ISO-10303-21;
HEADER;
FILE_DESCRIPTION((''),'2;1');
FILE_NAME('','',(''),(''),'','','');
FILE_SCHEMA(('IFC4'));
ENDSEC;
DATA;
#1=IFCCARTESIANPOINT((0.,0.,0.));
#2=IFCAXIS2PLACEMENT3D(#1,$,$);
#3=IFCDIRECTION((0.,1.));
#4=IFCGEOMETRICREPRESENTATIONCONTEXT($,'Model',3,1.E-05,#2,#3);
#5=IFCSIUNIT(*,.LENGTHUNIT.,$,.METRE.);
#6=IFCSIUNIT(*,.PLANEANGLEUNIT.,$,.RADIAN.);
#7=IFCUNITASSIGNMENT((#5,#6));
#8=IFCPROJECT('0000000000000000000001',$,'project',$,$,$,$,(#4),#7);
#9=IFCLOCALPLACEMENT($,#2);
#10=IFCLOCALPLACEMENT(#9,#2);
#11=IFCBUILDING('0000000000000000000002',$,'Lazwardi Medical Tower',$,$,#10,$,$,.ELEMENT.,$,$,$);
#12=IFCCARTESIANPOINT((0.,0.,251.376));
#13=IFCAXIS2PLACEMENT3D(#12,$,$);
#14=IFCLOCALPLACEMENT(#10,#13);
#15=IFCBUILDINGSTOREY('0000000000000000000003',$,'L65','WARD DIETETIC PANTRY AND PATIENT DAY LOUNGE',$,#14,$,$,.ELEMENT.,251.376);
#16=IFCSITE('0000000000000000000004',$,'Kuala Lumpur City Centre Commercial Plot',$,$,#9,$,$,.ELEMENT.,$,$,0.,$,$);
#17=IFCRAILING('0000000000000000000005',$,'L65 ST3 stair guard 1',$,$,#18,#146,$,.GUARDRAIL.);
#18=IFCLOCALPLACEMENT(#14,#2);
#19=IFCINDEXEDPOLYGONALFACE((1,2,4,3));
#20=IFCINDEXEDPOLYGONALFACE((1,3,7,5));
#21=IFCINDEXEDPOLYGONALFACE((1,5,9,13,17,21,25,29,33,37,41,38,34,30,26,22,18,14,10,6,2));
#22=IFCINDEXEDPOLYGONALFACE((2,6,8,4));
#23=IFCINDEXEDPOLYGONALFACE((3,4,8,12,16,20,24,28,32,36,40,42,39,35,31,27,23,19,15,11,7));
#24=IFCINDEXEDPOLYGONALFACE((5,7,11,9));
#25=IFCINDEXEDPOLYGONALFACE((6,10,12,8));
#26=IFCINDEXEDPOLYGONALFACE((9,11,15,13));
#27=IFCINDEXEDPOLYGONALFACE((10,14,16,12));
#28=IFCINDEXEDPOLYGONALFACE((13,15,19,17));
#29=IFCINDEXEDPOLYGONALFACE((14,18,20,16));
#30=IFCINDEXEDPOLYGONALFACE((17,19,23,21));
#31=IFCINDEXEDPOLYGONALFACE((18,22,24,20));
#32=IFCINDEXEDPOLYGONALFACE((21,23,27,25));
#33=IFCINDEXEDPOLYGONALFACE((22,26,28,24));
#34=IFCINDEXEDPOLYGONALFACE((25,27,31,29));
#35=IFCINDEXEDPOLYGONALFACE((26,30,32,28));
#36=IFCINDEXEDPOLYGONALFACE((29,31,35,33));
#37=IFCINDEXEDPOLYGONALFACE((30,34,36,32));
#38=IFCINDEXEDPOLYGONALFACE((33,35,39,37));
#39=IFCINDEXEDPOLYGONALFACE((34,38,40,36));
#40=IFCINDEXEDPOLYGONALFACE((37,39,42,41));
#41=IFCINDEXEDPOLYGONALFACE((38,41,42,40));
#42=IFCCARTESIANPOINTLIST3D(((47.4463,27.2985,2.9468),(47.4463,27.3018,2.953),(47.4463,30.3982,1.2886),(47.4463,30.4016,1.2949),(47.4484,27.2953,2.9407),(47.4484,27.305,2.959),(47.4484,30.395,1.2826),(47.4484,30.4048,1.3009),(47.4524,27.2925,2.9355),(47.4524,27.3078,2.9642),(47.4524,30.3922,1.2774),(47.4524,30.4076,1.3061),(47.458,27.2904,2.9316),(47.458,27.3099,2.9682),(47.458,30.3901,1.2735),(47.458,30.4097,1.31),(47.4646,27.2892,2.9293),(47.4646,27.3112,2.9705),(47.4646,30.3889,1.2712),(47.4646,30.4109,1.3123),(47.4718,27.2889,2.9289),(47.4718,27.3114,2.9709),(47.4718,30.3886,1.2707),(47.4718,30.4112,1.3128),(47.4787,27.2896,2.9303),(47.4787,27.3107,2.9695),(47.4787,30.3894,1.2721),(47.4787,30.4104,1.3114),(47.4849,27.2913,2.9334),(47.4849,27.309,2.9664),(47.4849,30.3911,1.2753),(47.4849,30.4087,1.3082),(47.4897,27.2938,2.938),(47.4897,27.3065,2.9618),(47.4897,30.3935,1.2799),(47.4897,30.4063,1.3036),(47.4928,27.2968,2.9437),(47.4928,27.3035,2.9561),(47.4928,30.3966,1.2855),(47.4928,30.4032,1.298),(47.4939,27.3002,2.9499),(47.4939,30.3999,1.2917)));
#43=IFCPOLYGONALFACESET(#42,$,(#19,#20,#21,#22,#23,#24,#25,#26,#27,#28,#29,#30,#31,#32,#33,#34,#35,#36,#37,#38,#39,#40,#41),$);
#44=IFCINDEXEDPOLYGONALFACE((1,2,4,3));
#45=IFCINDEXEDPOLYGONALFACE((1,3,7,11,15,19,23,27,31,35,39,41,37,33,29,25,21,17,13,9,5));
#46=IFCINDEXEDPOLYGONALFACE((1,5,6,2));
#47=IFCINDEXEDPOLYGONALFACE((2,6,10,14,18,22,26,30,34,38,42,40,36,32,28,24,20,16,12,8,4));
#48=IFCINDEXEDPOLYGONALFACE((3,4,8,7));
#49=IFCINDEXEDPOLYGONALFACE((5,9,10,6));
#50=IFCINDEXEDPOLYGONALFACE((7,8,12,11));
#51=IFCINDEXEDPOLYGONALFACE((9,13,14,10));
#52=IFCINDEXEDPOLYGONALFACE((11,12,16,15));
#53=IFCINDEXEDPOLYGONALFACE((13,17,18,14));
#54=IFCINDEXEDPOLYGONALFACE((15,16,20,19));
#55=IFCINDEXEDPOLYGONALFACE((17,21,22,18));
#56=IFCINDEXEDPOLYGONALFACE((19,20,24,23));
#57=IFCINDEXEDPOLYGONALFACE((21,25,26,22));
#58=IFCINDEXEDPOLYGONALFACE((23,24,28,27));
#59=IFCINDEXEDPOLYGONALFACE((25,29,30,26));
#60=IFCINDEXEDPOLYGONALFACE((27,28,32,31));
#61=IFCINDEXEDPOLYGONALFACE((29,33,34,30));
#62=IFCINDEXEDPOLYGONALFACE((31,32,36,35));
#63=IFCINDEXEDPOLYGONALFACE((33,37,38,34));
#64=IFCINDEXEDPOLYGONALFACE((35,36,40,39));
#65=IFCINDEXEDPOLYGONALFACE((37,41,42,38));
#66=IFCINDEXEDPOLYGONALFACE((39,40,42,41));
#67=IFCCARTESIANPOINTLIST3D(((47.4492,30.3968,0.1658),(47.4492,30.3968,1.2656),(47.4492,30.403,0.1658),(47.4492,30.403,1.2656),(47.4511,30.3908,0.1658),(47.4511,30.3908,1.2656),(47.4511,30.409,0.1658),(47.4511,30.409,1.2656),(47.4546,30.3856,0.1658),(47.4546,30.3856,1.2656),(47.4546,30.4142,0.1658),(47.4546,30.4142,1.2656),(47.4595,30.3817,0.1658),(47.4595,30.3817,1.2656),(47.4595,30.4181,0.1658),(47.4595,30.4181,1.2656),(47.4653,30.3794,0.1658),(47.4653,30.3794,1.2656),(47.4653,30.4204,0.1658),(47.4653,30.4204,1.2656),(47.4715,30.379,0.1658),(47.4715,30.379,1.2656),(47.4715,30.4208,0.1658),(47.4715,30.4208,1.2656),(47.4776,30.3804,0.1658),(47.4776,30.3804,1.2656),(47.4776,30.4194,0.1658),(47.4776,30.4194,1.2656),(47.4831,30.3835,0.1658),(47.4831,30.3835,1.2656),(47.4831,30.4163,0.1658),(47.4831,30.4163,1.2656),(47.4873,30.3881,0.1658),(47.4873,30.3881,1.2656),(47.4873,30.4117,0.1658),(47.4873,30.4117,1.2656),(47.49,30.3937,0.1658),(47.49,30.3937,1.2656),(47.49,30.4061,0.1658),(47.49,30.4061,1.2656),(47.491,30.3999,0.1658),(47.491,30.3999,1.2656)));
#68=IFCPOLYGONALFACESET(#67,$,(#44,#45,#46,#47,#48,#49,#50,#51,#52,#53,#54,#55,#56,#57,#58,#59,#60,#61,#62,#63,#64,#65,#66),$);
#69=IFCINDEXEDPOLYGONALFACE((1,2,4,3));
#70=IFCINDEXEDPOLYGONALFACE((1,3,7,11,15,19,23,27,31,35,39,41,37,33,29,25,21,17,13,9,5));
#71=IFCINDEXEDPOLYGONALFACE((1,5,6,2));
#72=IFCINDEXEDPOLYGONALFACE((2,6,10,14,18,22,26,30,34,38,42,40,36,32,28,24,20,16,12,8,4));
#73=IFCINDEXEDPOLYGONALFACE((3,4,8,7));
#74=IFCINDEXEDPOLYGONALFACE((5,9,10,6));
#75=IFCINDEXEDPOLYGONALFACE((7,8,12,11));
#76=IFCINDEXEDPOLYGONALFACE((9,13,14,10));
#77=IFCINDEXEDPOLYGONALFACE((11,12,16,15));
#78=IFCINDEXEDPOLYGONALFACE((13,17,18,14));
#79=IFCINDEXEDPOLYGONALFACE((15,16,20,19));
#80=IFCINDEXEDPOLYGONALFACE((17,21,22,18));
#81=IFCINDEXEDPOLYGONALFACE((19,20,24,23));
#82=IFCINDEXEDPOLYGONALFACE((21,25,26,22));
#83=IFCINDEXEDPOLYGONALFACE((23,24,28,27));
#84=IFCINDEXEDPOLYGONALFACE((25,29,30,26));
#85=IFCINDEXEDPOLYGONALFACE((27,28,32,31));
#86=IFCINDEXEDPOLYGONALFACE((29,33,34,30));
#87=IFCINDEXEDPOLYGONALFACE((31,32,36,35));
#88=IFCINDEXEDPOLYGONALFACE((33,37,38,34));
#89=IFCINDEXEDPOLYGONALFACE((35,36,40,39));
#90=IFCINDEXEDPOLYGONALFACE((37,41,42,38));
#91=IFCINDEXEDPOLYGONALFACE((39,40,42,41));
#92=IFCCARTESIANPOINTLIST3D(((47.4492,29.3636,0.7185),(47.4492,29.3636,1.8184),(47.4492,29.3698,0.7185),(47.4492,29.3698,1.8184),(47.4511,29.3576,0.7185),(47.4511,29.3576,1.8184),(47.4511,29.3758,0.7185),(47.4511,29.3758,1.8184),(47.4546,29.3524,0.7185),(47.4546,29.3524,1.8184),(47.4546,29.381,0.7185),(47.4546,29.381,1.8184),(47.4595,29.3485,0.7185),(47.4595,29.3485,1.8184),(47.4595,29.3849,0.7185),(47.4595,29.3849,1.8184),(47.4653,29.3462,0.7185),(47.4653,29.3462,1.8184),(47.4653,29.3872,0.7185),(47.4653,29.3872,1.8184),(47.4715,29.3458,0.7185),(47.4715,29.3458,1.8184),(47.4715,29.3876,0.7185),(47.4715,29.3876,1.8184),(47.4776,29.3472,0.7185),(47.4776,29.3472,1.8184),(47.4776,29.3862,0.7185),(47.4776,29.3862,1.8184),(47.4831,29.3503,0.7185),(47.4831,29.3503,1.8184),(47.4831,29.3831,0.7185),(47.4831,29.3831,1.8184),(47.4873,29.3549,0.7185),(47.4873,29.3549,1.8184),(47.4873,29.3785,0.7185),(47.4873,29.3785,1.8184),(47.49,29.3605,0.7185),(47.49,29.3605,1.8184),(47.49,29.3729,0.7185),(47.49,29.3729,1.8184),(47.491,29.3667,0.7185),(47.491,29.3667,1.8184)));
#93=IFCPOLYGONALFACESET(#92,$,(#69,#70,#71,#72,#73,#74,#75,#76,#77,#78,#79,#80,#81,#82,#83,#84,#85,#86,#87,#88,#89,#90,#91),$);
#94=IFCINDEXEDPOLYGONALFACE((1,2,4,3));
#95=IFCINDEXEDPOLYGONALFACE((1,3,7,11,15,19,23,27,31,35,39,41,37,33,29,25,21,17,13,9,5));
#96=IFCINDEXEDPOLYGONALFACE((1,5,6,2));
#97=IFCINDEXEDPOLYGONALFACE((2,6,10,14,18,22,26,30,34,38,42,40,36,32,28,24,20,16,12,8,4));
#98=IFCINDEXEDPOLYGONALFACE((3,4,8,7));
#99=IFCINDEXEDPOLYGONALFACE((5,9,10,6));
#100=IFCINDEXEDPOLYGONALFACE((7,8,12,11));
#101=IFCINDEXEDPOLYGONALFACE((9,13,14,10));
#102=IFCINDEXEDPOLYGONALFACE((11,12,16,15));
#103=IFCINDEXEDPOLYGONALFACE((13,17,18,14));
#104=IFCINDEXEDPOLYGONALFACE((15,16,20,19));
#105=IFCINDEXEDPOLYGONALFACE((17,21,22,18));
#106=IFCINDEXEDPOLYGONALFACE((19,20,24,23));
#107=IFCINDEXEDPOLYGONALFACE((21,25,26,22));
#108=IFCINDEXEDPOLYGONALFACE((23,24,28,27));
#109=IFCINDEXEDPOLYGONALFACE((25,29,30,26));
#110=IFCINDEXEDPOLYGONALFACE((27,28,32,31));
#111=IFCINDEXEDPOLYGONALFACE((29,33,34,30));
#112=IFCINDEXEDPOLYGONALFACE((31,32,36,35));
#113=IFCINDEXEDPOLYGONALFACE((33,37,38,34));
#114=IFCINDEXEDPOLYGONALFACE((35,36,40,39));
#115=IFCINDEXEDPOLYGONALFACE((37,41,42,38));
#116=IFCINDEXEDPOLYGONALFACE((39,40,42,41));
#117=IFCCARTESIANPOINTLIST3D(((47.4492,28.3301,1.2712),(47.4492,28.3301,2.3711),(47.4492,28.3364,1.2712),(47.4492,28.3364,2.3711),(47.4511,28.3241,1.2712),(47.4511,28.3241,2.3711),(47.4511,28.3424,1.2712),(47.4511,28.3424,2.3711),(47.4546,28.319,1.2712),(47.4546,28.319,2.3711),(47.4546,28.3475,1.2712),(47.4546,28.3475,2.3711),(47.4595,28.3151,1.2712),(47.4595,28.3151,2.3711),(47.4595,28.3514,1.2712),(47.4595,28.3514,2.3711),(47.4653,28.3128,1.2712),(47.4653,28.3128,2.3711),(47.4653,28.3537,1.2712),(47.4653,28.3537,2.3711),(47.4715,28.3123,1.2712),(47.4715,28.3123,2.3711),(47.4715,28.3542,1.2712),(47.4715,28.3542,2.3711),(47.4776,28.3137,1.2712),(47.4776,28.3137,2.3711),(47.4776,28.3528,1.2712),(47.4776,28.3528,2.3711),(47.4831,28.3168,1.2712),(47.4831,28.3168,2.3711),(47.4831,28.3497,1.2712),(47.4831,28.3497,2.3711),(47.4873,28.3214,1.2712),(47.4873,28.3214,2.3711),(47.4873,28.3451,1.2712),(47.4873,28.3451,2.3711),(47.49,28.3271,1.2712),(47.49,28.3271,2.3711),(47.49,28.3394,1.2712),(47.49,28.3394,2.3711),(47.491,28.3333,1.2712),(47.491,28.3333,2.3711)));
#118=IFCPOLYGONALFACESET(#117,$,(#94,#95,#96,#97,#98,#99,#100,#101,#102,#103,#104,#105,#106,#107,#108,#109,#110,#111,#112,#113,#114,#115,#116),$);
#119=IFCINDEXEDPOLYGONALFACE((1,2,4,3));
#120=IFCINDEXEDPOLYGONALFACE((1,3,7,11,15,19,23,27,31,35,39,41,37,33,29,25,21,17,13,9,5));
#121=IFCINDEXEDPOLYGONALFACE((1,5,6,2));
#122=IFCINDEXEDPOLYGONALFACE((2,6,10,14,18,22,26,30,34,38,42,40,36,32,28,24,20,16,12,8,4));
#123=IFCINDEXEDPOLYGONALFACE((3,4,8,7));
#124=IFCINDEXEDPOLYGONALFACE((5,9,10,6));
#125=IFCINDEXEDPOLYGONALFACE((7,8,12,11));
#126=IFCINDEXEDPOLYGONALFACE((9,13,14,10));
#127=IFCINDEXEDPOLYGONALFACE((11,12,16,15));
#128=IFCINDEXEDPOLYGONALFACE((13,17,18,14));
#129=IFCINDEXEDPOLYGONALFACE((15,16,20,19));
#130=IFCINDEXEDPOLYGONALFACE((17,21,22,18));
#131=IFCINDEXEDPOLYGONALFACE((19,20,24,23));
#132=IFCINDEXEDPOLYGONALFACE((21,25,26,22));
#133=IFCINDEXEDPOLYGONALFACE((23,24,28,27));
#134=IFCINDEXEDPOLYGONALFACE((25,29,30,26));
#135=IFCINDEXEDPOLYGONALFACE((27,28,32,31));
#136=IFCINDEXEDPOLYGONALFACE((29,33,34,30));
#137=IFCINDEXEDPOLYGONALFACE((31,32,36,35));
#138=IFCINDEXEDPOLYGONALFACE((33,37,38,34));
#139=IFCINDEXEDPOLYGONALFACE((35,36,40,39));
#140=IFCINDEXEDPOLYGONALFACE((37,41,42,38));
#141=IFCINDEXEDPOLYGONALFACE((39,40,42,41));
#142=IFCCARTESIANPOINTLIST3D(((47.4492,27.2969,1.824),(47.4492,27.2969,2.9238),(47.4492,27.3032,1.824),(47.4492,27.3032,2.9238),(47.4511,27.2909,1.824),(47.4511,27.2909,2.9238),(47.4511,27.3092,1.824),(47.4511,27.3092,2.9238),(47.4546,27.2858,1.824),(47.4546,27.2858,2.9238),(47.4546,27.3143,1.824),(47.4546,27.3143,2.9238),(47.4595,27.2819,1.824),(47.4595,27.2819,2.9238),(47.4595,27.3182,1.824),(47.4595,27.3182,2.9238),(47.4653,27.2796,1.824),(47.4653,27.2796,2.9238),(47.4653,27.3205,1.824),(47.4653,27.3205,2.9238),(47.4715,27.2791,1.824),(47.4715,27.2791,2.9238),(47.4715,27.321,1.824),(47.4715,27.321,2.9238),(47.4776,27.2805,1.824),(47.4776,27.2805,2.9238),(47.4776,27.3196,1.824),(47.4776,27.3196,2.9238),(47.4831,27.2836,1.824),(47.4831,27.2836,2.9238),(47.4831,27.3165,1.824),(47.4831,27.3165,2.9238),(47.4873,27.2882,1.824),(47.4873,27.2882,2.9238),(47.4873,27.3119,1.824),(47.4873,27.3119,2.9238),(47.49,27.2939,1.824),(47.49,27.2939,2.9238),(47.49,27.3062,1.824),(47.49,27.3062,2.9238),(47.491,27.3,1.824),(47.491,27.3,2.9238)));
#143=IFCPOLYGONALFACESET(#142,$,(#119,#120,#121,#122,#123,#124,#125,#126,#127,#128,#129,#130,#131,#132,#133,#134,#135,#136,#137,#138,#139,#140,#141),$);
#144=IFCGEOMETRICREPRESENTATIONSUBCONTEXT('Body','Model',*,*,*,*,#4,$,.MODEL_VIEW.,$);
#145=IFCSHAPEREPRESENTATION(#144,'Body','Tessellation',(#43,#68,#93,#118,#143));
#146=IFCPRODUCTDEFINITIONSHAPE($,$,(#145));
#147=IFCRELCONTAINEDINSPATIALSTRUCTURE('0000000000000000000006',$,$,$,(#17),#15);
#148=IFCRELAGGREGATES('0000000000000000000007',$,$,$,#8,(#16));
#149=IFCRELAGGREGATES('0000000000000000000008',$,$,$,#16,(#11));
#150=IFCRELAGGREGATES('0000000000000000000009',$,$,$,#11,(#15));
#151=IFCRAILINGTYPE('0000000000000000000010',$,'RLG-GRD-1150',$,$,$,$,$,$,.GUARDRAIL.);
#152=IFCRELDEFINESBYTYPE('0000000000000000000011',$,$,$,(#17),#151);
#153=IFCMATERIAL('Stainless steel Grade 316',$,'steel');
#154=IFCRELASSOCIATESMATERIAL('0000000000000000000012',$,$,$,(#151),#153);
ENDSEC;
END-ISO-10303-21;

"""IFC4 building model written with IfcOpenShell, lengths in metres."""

from ifc_helpers import new_model, si_unit, direction, frame, origin, origin_2d, place, context, subcontext, project, spatial, circle, extrude, material, type_object, element, save


model = new_model("IFC4")

# Units and contexts
model_context = context("Model", 3, precision=1e-05, world=origin(), true_north=direction((0.0, 1.0)))
body_context = subcontext(model_context, "Body", "Model", "MODEL_VIEW")
ifc_project = project(units=[si_unit("LENGTHUNIT", "METRE"), si_unit("PLANEANGLEUNIT", "RADIAN")], contexts=[model_context])

# Site, building, storey
site_placement = place(None, origin())
site = spatial("IfcSite", under=ifc_project, at=site_placement, Name="Kuala Lumpur City Centre Commercial Plot", CompositionType="ELEMENT", RefElevation=0.0)
building_placement = place(site_placement, origin())
building = spatial("IfcBuilding", under=site, at=building_placement, Name="Lazwardi Medical Tower", CompositionType="ELEMENT")
storey_placement = place(building_placement, frame((0.0, 0.0, 251.376)))
storey = spatial("IfcBuildingStorey", under=building, at=storey_placement, Name="L65", Description="WARD DIETETIC PANTRY AND PATIENT DAY LOUNGE", CompositionType="ELEMENT", Elevation=251.376)

# Railing
ifc_material_1 = material(Name="Stainless steel Grade 316", Category="steel")
railing_type_1 = type_object("IfcRailingType", Name="RLG-GRD-1150", PredefinedType="GUARDRAIL", material=ifc_material_1)
railing_1_placement = place(storey_placement, frame((47.47, 30.3999, 0.1658)))
element("IfcRailing", 1, at=railing_1_placement, inside=storey, type_object=railing_type_1, Name="L65 ST3 stair guard 1", PredefinedType="GUARDRAIL", context=body_context, shape_type="SweptSolid", body=[
    extrude(circle(Radius=0.0239, at=origin_2d()), frame((0.0, 0.0, 1.126), z_axis=(0.0, -0.881768, 0.471684), x_axis=(1.0, 0.0, 0.0)), (0.0, 0.0, 1.0), 3.5154),
    extrude(circle(Radius=0.021, at=origin_2d()), origin(), (0.0, 0.0, 1.0), 1.0999),
    extrude(circle(Radius=0.021, at=origin_2d()), frame((0.0, -1.0332, 0.5527)), (0.0, 0.0, 1.0), 1.0999),
    extrude(circle(Radius=0.021, at=origin_2d()), frame((0.0, -2.0667, 1.1055)), (0.0, 0.0, 1.0), 1.0999),
    extrude(circle(Radius=0.021, at=origin_2d()), frame((0.0, -3.0999, 1.6582)), (0.0, 0.0, 1.0), 1.0999),
])

save(model, "model.ifc")
